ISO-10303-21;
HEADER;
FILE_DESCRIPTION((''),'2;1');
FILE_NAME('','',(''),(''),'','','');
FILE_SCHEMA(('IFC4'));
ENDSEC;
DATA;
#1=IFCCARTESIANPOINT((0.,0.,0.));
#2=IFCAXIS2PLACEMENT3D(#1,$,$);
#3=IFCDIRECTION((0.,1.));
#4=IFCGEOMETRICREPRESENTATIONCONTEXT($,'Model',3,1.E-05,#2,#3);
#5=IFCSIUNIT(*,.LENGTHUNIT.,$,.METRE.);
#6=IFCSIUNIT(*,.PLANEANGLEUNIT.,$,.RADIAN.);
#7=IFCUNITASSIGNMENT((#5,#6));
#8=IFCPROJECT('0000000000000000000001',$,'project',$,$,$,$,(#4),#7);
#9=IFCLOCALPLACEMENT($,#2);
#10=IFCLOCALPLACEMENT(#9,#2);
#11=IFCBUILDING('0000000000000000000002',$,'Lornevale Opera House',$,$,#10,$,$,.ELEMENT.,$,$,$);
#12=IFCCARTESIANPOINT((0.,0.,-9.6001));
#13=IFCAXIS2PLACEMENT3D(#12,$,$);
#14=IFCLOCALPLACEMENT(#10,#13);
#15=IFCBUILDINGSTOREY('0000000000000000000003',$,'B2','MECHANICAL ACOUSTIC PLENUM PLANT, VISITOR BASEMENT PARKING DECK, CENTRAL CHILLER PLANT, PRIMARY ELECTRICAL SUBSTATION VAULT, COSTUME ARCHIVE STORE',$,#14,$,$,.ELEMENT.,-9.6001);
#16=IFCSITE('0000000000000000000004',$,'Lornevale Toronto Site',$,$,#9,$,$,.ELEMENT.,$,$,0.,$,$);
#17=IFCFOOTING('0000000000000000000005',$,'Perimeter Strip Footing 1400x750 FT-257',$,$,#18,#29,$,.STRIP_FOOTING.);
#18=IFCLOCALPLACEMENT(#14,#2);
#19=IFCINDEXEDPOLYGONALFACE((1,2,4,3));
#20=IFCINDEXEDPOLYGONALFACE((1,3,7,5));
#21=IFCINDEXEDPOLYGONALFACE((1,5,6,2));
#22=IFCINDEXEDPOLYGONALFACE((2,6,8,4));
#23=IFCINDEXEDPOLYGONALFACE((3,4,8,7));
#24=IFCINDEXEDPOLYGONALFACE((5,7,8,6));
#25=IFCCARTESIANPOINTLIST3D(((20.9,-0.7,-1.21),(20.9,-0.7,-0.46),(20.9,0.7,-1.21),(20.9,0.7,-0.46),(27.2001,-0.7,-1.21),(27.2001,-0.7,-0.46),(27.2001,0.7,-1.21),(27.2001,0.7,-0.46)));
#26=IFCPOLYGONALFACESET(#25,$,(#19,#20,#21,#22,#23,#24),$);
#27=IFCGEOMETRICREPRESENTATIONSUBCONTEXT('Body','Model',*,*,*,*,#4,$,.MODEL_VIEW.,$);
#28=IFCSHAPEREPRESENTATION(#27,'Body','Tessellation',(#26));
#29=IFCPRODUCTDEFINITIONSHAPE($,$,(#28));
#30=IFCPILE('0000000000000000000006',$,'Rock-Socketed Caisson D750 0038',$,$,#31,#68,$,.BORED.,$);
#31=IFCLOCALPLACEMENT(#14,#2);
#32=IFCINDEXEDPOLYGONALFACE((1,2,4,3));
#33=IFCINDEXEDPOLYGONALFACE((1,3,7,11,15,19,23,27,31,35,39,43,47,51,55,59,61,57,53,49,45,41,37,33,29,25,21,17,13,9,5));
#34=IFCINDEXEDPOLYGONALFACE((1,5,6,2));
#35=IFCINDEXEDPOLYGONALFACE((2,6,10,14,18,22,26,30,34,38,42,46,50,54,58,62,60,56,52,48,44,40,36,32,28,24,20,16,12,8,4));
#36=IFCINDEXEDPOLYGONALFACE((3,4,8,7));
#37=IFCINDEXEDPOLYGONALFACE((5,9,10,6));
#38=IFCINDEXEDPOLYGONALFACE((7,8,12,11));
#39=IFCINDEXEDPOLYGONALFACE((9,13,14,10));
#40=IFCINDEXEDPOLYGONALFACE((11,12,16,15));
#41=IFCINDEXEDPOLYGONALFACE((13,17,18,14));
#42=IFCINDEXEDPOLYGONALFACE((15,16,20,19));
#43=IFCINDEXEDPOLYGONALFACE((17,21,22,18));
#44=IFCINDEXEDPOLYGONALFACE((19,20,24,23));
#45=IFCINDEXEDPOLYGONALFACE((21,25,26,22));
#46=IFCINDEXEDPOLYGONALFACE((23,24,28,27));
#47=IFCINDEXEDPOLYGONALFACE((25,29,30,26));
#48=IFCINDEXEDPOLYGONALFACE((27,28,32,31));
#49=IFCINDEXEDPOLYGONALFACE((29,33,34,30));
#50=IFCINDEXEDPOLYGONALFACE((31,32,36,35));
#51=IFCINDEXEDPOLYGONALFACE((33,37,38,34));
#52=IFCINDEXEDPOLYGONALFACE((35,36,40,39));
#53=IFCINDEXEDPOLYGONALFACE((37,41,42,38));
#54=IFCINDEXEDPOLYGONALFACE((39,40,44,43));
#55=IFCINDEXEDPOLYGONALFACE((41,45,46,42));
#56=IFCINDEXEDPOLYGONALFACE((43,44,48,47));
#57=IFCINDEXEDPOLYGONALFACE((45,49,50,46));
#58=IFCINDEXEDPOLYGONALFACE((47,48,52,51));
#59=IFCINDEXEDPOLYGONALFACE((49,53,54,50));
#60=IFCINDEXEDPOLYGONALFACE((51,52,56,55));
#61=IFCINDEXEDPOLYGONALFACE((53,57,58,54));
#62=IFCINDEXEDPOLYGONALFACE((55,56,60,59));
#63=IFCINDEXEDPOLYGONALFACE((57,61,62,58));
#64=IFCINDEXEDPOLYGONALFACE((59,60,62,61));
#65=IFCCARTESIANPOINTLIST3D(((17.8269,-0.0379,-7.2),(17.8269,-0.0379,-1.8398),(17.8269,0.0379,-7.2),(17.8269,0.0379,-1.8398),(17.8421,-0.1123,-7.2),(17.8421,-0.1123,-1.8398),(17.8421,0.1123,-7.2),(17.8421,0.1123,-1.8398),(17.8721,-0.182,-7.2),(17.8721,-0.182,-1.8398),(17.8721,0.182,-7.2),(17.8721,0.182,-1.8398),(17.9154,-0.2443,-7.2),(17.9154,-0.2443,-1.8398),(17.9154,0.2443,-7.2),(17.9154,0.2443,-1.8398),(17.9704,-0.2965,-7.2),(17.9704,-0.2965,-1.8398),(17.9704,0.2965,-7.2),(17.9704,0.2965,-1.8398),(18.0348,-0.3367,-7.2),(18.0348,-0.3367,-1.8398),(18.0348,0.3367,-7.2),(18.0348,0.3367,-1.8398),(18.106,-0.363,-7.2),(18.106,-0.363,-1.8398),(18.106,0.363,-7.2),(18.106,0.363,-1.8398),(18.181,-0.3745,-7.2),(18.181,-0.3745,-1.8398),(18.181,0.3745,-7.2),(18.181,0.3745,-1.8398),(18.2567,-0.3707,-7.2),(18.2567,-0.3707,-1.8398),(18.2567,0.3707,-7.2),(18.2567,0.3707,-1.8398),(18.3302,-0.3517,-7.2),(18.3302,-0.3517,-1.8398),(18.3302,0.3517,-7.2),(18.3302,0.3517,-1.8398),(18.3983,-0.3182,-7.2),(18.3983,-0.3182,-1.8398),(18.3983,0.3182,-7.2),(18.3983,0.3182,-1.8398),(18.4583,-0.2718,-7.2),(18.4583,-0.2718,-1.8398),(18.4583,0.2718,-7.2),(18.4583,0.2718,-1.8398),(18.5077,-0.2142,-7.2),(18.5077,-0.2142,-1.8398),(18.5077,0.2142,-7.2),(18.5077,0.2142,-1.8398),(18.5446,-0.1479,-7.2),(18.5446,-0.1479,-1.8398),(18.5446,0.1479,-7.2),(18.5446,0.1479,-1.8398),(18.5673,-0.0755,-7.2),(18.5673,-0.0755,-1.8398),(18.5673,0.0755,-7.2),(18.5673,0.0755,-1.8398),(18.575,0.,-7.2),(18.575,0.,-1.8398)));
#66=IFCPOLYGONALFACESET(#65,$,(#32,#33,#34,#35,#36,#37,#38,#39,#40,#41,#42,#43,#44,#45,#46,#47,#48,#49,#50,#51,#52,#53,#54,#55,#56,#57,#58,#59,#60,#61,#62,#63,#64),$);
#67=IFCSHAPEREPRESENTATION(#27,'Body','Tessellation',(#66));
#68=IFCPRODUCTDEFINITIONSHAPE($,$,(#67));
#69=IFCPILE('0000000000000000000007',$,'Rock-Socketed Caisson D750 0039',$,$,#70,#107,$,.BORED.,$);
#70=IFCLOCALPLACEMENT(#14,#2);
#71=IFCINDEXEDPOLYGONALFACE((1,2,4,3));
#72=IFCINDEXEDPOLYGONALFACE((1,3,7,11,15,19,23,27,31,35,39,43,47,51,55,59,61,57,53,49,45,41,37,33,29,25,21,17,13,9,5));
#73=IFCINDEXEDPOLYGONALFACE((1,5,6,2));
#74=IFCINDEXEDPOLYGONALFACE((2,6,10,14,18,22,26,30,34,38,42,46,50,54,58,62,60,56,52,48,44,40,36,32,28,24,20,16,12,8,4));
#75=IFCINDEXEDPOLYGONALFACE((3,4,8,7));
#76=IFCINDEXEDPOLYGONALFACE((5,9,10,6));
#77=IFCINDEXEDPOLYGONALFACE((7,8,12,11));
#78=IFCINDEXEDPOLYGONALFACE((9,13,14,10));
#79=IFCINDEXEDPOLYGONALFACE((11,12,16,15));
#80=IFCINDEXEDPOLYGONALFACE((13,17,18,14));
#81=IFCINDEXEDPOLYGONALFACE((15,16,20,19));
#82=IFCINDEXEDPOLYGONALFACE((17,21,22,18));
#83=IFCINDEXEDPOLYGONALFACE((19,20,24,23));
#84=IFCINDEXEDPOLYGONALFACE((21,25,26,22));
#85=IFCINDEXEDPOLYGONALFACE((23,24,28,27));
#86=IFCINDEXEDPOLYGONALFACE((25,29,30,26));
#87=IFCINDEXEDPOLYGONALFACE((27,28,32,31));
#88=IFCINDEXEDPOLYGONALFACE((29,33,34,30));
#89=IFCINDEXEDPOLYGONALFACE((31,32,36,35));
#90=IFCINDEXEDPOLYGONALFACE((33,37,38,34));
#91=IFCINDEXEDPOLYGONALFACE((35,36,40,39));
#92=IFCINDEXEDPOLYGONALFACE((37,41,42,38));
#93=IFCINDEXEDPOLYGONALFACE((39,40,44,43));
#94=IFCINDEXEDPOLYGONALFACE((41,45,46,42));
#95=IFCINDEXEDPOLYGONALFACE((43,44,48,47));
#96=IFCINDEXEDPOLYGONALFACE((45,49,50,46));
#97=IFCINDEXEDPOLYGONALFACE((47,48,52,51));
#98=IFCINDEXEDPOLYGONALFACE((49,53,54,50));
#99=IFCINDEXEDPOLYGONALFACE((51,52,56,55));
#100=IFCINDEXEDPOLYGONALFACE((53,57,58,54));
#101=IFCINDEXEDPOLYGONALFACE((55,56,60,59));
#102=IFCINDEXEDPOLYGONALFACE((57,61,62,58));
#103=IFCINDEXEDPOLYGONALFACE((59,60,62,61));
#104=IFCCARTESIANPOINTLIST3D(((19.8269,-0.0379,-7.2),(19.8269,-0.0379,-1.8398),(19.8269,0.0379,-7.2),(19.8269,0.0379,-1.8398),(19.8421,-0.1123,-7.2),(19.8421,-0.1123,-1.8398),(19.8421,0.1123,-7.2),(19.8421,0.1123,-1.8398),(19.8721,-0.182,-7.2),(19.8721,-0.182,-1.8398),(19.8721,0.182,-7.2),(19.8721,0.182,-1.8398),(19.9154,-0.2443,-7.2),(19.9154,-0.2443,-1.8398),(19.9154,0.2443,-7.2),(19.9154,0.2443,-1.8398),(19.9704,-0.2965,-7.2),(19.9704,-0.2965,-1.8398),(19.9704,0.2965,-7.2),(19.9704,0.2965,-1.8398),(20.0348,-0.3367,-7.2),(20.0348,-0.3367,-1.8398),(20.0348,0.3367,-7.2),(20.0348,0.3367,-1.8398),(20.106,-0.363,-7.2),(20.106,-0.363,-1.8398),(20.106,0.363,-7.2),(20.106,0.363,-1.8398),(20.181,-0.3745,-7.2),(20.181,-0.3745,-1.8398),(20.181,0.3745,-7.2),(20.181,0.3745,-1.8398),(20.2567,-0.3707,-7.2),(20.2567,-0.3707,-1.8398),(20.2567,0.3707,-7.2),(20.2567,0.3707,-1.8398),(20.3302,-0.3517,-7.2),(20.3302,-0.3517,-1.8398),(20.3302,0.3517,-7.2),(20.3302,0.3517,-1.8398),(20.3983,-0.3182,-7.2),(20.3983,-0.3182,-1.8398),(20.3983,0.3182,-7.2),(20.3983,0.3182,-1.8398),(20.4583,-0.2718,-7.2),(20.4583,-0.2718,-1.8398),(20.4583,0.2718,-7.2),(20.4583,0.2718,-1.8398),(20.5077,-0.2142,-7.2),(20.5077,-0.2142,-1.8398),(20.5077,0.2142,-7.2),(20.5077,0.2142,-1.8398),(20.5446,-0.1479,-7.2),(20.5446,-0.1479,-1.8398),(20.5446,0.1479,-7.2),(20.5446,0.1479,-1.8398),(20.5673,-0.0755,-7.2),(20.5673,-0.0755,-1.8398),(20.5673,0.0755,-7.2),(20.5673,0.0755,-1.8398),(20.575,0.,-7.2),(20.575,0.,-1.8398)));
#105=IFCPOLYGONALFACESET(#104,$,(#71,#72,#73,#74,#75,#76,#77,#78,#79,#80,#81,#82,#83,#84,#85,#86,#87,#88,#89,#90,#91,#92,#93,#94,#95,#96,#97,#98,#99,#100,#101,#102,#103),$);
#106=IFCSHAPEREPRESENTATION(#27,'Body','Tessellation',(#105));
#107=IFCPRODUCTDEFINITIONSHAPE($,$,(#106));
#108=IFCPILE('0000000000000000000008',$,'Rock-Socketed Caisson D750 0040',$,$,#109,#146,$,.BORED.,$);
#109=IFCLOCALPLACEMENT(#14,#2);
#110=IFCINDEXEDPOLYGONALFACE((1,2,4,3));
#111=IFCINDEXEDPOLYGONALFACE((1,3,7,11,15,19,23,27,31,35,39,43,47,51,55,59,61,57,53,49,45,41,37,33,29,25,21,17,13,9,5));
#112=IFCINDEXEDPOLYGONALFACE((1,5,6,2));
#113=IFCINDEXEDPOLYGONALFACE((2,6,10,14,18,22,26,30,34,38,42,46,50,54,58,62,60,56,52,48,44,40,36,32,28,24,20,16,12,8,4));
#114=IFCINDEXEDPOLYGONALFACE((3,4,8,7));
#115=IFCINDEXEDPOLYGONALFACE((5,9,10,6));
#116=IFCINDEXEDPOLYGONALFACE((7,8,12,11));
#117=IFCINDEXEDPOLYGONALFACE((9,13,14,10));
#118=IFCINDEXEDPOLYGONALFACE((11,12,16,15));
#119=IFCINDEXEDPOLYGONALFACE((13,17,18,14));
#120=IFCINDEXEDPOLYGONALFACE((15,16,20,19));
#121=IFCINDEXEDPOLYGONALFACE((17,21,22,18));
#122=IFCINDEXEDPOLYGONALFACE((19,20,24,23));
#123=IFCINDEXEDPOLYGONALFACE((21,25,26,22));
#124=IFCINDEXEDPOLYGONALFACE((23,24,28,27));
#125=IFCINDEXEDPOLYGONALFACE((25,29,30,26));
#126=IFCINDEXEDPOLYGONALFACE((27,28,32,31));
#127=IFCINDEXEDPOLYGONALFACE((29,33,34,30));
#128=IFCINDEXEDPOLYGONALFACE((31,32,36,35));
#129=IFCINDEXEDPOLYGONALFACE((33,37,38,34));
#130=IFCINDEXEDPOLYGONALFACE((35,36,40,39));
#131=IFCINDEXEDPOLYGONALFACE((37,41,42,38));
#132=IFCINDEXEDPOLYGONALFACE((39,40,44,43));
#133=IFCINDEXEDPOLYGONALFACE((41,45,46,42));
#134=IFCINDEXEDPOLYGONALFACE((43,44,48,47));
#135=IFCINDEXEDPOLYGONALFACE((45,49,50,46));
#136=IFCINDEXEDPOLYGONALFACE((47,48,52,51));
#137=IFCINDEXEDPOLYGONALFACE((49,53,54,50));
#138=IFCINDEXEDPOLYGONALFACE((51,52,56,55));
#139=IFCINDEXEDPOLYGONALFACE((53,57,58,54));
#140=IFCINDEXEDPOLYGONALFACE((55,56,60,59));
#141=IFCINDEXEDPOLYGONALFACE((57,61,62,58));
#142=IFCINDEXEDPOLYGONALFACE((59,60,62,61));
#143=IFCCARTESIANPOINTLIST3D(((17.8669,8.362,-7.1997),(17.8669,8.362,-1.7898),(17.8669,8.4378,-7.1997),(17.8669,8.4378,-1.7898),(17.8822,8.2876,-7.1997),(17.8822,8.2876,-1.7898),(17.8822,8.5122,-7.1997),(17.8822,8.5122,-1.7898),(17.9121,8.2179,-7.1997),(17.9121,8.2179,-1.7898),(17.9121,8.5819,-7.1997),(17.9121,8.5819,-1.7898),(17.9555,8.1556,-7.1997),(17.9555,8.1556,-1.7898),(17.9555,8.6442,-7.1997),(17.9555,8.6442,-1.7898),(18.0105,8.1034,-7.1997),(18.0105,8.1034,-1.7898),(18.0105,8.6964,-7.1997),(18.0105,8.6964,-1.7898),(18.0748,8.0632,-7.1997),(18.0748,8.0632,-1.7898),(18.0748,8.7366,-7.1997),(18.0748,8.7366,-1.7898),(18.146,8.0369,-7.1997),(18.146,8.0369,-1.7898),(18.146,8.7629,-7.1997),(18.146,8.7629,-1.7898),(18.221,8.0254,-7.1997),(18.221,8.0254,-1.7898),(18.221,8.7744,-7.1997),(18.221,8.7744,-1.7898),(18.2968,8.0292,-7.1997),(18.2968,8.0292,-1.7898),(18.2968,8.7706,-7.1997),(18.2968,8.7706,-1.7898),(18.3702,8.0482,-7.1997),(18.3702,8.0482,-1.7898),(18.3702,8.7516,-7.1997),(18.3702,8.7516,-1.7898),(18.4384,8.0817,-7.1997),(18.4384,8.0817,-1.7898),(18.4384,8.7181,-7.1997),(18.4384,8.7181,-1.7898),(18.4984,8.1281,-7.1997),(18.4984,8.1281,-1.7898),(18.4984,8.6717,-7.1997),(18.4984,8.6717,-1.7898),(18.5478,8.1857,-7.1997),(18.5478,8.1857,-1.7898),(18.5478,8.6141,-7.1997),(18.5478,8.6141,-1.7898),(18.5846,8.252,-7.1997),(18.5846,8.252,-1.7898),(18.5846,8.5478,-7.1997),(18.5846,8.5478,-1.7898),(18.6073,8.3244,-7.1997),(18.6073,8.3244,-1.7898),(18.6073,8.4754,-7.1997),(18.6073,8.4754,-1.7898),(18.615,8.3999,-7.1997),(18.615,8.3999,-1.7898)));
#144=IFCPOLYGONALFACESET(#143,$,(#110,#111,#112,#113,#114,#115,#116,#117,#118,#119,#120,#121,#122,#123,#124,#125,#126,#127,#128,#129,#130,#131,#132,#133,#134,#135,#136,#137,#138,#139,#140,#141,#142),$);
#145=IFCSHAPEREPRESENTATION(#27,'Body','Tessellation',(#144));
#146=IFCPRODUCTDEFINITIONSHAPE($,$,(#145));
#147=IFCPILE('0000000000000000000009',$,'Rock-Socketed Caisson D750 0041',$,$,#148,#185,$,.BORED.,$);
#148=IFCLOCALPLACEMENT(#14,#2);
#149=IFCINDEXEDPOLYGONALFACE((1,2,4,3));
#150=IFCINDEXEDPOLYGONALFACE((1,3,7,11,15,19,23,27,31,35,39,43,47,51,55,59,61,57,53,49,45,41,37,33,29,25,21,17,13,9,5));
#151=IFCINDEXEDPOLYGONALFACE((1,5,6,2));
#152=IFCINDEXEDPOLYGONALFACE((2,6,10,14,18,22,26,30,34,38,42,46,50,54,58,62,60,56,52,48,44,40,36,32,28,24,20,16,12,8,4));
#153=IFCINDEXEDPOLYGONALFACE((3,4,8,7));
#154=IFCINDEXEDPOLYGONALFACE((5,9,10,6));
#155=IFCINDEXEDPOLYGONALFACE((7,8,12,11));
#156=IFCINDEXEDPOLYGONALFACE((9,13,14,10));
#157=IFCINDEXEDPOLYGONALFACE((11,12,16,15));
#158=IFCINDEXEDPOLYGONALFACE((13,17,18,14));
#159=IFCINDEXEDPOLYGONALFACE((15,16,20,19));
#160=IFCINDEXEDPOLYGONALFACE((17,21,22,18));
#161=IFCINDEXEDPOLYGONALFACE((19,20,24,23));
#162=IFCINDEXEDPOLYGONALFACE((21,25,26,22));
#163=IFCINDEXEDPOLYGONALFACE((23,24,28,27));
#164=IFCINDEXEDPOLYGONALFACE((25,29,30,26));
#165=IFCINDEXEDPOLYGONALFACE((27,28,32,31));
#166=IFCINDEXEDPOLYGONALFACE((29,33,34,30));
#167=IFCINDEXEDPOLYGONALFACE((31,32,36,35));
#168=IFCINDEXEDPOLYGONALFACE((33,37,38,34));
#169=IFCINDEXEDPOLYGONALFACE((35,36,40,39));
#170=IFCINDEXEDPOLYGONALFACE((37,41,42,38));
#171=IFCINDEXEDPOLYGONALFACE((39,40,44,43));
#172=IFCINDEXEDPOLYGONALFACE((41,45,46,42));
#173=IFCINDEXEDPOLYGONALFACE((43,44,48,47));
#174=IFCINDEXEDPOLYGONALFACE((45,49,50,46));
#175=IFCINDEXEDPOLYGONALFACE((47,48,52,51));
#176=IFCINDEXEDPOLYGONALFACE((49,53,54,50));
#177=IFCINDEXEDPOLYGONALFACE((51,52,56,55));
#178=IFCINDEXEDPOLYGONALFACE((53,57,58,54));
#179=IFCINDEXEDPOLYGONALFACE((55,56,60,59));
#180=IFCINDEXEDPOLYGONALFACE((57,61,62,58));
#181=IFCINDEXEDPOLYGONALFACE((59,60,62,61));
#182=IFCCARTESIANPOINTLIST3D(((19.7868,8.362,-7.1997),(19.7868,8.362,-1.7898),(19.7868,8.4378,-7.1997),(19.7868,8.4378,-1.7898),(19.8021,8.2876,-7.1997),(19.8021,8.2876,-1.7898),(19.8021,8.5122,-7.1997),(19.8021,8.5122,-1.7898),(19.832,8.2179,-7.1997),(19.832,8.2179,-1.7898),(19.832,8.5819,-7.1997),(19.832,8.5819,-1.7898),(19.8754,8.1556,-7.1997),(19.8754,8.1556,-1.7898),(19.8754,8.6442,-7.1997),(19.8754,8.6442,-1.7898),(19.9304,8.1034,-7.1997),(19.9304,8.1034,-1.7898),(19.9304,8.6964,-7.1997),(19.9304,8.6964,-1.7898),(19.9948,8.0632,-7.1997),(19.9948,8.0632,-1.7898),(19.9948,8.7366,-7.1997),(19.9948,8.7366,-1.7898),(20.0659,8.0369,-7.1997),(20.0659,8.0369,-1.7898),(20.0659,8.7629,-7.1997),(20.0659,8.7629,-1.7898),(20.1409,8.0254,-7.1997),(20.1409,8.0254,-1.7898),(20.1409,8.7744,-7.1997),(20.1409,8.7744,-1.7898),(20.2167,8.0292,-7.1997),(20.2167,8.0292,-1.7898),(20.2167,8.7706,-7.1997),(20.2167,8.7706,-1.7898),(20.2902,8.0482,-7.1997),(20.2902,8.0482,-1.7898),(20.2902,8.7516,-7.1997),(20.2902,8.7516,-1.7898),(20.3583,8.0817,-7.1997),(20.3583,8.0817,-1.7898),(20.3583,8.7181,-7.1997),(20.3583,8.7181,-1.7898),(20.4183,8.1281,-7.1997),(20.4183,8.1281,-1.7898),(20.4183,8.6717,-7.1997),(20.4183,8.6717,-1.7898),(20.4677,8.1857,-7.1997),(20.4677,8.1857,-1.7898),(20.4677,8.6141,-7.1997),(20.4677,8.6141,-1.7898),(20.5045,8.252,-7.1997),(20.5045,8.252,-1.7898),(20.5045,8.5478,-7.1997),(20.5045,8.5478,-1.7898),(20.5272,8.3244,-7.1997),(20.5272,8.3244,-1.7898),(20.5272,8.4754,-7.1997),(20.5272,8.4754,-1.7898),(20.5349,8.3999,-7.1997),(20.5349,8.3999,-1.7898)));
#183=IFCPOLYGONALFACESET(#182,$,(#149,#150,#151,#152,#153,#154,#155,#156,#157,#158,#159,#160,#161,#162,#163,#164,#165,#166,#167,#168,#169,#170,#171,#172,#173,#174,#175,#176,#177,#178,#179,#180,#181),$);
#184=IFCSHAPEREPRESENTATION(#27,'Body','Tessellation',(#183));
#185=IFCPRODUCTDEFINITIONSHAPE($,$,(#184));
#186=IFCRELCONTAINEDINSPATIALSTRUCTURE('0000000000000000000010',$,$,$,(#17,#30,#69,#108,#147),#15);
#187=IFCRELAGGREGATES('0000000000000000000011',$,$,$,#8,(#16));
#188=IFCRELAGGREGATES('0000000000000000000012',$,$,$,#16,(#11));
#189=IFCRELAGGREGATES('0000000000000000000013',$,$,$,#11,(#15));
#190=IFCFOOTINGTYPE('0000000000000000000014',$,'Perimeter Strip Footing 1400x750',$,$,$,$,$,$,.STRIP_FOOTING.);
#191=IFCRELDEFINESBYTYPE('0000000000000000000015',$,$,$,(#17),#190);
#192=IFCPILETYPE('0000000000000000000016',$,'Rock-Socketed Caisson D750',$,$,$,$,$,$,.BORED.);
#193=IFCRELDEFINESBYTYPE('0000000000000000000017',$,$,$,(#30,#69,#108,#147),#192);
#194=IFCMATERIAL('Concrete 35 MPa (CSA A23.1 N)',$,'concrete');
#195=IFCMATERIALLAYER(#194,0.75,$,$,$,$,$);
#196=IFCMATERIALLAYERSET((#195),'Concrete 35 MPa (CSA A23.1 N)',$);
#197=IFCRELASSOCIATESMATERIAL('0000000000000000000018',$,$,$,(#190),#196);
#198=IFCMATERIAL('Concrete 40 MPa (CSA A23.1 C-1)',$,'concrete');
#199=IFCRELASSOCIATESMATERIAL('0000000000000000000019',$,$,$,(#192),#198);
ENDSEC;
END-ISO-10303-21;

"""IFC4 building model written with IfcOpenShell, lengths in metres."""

from ifc_helpers import new_model, si_unit, direction, frame, origin, origin_2d, place, context, subcontext, project, spatial, rectangle, circle, extrude, material, layer, layer_set, material_profile, profile_set, type_object, element, save


model = new_model("IFC4")

# Units and contexts
model_context = context("Model", 3, precision=1e-05, world=origin(), true_north=direction((0.0, 1.0)))
body_context = subcontext(model_context, "Body", "Model", "MODEL_VIEW")
ifc_project = project(units=[si_unit("LENGTHUNIT", "METRE"), si_unit("PLANEANGLEUNIT", "RADIAN")], contexts=[model_context])

# Site, building, storey
site_placement = place(None, origin())
site = spatial("IfcSite", under=ifc_project, at=site_placement, Name="Lornevale Toronto Site", CompositionType="ELEMENT", RefElevation=0.0)
building_placement = place(site_placement, origin())
building = spatial("IfcBuilding", under=site, at=building_placement, Name="Lornevale Opera House", CompositionType="ELEMENT")
storey_placement = place(building_placement, frame((0.0, 0.0, -9.6001)))
storey = spatial("IfcBuildingStorey", under=building, at=storey_placement, Name="B2", Description="MECHANICAL ACOUSTIC PLENUM PLANT, VISITOR BASEMENT PARKING DECK, CENTRAL CHILLER PLANT, PRIMARY ELECTRICAL SUBSTATION VAULT, COSTUME ARCHIVE STORE", CompositionType="ELEMENT", Elevation=-9.6001)

# Footing
ifc_material_1 = material(Name="Concrete 35 MPa (CSA A23.1 N)", Category="concrete")
ifc_layer_1 = layer(ifc_material_1, 0.75)
ifc_layer_set_1 = layer_set([ifc_layer_1], Name="Concrete 35 MPa (CSA A23.1 N)")
footing_type_1 = type_object("IfcFootingType", Name="Perimeter Strip Footing 1400x750", PredefinedType="STRIP_FOOTING", material=ifc_layer_set_1)
footing_1_placement = place(storey_placement, frame((24.05, 0.0, -1.21), z_axis=(0.0, 0.0, 1.0), x_axis=(1.0, 0.0, 0.0)))
element("IfcFooting", 1, at=footing_1_placement, inside=storey, type_object=footing_type_1, Name="Perimeter Strip Footing 1400x750 FT-257", PredefinedType="STRIP_FOOTING", context=body_context, shape_type="SweptSolid", body=[
    extrude(rectangle(XDim=6.3, YDim=1.3999, at=origin_2d()), origin(), (0.0, 0.0, 1.0), 0.75),
])

# Piles
ifc_material_2 = material(Name="Concrete 40 MPa (CSA A23.1 C-1)", Category="concrete")
ifc_material_profile_1 = material_profile(ifc_material_2, circle(Radius=0.375, at=origin_2d()), Name="CAIS750")
ifc_profile_set_1 = profile_set([ifc_material_profile_1], Name="Concrete 40 MPa (CSA A23.1 C-1)")
pile_type_1 = type_object("IfcPileType", Name="Rock-Socketed Caisson D750", PredefinedType="BORED", material=ifc_profile_set_1)
for number, where, z_axis, x_axis, name in (
    (2, (18.2, 0.0, -1.8398), (0.0, 0.0, -1.0), (1.0, 0.0, 0.0), "Rock-Socketed Caisson D750 0038"),
    (3, (20.2, 0.0, -1.8398), (0.0, 0.0, -1.0), (1.0, 0.0, 0.0), "Rock-Socketed Caisson D750 0039"),
):
    element("IfcPile", number, at=place(storey_placement, frame(where, z_axis=z_axis, x_axis=x_axis)), inside=storey, type_object=pile_type_1, Name=name, PredefinedType="BORED", context=body_context, shape_type="SweptSolid", body=[
        extrude(circle(Radius=0.375, at=origin_2d()), origin(), (0.0, 0.0, 1.0), 5.3601),
    ])
for number, where, z_axis, x_axis, name in (
    (4, (18.24, 8.3999, -1.7898), (0.0, 0.0, -1.0), (1.0, 0.0, 0.0), "Rock-Socketed Caisson D750 0040"),
    (5, (20.1599, 8.3999, -1.7898), (0.0, 0.0, -1.0), (1.0, 0.0, 0.0), "Rock-Socketed Caisson D750 0041"),
):
    element("IfcPile", number, at=place(storey_placement, frame(where, z_axis=z_axis, x_axis=x_axis)), inside=storey, type_object=pile_type_1, Name=name, PredefinedType="BORED", context=body_context, shape_type="SweptSolid", body=[
        extrude(circle(Radius=0.375, at=origin_2d()), origin(), (0.0, 0.0, 1.0), 5.4099),
    ])

save(model, "model.ifc")
